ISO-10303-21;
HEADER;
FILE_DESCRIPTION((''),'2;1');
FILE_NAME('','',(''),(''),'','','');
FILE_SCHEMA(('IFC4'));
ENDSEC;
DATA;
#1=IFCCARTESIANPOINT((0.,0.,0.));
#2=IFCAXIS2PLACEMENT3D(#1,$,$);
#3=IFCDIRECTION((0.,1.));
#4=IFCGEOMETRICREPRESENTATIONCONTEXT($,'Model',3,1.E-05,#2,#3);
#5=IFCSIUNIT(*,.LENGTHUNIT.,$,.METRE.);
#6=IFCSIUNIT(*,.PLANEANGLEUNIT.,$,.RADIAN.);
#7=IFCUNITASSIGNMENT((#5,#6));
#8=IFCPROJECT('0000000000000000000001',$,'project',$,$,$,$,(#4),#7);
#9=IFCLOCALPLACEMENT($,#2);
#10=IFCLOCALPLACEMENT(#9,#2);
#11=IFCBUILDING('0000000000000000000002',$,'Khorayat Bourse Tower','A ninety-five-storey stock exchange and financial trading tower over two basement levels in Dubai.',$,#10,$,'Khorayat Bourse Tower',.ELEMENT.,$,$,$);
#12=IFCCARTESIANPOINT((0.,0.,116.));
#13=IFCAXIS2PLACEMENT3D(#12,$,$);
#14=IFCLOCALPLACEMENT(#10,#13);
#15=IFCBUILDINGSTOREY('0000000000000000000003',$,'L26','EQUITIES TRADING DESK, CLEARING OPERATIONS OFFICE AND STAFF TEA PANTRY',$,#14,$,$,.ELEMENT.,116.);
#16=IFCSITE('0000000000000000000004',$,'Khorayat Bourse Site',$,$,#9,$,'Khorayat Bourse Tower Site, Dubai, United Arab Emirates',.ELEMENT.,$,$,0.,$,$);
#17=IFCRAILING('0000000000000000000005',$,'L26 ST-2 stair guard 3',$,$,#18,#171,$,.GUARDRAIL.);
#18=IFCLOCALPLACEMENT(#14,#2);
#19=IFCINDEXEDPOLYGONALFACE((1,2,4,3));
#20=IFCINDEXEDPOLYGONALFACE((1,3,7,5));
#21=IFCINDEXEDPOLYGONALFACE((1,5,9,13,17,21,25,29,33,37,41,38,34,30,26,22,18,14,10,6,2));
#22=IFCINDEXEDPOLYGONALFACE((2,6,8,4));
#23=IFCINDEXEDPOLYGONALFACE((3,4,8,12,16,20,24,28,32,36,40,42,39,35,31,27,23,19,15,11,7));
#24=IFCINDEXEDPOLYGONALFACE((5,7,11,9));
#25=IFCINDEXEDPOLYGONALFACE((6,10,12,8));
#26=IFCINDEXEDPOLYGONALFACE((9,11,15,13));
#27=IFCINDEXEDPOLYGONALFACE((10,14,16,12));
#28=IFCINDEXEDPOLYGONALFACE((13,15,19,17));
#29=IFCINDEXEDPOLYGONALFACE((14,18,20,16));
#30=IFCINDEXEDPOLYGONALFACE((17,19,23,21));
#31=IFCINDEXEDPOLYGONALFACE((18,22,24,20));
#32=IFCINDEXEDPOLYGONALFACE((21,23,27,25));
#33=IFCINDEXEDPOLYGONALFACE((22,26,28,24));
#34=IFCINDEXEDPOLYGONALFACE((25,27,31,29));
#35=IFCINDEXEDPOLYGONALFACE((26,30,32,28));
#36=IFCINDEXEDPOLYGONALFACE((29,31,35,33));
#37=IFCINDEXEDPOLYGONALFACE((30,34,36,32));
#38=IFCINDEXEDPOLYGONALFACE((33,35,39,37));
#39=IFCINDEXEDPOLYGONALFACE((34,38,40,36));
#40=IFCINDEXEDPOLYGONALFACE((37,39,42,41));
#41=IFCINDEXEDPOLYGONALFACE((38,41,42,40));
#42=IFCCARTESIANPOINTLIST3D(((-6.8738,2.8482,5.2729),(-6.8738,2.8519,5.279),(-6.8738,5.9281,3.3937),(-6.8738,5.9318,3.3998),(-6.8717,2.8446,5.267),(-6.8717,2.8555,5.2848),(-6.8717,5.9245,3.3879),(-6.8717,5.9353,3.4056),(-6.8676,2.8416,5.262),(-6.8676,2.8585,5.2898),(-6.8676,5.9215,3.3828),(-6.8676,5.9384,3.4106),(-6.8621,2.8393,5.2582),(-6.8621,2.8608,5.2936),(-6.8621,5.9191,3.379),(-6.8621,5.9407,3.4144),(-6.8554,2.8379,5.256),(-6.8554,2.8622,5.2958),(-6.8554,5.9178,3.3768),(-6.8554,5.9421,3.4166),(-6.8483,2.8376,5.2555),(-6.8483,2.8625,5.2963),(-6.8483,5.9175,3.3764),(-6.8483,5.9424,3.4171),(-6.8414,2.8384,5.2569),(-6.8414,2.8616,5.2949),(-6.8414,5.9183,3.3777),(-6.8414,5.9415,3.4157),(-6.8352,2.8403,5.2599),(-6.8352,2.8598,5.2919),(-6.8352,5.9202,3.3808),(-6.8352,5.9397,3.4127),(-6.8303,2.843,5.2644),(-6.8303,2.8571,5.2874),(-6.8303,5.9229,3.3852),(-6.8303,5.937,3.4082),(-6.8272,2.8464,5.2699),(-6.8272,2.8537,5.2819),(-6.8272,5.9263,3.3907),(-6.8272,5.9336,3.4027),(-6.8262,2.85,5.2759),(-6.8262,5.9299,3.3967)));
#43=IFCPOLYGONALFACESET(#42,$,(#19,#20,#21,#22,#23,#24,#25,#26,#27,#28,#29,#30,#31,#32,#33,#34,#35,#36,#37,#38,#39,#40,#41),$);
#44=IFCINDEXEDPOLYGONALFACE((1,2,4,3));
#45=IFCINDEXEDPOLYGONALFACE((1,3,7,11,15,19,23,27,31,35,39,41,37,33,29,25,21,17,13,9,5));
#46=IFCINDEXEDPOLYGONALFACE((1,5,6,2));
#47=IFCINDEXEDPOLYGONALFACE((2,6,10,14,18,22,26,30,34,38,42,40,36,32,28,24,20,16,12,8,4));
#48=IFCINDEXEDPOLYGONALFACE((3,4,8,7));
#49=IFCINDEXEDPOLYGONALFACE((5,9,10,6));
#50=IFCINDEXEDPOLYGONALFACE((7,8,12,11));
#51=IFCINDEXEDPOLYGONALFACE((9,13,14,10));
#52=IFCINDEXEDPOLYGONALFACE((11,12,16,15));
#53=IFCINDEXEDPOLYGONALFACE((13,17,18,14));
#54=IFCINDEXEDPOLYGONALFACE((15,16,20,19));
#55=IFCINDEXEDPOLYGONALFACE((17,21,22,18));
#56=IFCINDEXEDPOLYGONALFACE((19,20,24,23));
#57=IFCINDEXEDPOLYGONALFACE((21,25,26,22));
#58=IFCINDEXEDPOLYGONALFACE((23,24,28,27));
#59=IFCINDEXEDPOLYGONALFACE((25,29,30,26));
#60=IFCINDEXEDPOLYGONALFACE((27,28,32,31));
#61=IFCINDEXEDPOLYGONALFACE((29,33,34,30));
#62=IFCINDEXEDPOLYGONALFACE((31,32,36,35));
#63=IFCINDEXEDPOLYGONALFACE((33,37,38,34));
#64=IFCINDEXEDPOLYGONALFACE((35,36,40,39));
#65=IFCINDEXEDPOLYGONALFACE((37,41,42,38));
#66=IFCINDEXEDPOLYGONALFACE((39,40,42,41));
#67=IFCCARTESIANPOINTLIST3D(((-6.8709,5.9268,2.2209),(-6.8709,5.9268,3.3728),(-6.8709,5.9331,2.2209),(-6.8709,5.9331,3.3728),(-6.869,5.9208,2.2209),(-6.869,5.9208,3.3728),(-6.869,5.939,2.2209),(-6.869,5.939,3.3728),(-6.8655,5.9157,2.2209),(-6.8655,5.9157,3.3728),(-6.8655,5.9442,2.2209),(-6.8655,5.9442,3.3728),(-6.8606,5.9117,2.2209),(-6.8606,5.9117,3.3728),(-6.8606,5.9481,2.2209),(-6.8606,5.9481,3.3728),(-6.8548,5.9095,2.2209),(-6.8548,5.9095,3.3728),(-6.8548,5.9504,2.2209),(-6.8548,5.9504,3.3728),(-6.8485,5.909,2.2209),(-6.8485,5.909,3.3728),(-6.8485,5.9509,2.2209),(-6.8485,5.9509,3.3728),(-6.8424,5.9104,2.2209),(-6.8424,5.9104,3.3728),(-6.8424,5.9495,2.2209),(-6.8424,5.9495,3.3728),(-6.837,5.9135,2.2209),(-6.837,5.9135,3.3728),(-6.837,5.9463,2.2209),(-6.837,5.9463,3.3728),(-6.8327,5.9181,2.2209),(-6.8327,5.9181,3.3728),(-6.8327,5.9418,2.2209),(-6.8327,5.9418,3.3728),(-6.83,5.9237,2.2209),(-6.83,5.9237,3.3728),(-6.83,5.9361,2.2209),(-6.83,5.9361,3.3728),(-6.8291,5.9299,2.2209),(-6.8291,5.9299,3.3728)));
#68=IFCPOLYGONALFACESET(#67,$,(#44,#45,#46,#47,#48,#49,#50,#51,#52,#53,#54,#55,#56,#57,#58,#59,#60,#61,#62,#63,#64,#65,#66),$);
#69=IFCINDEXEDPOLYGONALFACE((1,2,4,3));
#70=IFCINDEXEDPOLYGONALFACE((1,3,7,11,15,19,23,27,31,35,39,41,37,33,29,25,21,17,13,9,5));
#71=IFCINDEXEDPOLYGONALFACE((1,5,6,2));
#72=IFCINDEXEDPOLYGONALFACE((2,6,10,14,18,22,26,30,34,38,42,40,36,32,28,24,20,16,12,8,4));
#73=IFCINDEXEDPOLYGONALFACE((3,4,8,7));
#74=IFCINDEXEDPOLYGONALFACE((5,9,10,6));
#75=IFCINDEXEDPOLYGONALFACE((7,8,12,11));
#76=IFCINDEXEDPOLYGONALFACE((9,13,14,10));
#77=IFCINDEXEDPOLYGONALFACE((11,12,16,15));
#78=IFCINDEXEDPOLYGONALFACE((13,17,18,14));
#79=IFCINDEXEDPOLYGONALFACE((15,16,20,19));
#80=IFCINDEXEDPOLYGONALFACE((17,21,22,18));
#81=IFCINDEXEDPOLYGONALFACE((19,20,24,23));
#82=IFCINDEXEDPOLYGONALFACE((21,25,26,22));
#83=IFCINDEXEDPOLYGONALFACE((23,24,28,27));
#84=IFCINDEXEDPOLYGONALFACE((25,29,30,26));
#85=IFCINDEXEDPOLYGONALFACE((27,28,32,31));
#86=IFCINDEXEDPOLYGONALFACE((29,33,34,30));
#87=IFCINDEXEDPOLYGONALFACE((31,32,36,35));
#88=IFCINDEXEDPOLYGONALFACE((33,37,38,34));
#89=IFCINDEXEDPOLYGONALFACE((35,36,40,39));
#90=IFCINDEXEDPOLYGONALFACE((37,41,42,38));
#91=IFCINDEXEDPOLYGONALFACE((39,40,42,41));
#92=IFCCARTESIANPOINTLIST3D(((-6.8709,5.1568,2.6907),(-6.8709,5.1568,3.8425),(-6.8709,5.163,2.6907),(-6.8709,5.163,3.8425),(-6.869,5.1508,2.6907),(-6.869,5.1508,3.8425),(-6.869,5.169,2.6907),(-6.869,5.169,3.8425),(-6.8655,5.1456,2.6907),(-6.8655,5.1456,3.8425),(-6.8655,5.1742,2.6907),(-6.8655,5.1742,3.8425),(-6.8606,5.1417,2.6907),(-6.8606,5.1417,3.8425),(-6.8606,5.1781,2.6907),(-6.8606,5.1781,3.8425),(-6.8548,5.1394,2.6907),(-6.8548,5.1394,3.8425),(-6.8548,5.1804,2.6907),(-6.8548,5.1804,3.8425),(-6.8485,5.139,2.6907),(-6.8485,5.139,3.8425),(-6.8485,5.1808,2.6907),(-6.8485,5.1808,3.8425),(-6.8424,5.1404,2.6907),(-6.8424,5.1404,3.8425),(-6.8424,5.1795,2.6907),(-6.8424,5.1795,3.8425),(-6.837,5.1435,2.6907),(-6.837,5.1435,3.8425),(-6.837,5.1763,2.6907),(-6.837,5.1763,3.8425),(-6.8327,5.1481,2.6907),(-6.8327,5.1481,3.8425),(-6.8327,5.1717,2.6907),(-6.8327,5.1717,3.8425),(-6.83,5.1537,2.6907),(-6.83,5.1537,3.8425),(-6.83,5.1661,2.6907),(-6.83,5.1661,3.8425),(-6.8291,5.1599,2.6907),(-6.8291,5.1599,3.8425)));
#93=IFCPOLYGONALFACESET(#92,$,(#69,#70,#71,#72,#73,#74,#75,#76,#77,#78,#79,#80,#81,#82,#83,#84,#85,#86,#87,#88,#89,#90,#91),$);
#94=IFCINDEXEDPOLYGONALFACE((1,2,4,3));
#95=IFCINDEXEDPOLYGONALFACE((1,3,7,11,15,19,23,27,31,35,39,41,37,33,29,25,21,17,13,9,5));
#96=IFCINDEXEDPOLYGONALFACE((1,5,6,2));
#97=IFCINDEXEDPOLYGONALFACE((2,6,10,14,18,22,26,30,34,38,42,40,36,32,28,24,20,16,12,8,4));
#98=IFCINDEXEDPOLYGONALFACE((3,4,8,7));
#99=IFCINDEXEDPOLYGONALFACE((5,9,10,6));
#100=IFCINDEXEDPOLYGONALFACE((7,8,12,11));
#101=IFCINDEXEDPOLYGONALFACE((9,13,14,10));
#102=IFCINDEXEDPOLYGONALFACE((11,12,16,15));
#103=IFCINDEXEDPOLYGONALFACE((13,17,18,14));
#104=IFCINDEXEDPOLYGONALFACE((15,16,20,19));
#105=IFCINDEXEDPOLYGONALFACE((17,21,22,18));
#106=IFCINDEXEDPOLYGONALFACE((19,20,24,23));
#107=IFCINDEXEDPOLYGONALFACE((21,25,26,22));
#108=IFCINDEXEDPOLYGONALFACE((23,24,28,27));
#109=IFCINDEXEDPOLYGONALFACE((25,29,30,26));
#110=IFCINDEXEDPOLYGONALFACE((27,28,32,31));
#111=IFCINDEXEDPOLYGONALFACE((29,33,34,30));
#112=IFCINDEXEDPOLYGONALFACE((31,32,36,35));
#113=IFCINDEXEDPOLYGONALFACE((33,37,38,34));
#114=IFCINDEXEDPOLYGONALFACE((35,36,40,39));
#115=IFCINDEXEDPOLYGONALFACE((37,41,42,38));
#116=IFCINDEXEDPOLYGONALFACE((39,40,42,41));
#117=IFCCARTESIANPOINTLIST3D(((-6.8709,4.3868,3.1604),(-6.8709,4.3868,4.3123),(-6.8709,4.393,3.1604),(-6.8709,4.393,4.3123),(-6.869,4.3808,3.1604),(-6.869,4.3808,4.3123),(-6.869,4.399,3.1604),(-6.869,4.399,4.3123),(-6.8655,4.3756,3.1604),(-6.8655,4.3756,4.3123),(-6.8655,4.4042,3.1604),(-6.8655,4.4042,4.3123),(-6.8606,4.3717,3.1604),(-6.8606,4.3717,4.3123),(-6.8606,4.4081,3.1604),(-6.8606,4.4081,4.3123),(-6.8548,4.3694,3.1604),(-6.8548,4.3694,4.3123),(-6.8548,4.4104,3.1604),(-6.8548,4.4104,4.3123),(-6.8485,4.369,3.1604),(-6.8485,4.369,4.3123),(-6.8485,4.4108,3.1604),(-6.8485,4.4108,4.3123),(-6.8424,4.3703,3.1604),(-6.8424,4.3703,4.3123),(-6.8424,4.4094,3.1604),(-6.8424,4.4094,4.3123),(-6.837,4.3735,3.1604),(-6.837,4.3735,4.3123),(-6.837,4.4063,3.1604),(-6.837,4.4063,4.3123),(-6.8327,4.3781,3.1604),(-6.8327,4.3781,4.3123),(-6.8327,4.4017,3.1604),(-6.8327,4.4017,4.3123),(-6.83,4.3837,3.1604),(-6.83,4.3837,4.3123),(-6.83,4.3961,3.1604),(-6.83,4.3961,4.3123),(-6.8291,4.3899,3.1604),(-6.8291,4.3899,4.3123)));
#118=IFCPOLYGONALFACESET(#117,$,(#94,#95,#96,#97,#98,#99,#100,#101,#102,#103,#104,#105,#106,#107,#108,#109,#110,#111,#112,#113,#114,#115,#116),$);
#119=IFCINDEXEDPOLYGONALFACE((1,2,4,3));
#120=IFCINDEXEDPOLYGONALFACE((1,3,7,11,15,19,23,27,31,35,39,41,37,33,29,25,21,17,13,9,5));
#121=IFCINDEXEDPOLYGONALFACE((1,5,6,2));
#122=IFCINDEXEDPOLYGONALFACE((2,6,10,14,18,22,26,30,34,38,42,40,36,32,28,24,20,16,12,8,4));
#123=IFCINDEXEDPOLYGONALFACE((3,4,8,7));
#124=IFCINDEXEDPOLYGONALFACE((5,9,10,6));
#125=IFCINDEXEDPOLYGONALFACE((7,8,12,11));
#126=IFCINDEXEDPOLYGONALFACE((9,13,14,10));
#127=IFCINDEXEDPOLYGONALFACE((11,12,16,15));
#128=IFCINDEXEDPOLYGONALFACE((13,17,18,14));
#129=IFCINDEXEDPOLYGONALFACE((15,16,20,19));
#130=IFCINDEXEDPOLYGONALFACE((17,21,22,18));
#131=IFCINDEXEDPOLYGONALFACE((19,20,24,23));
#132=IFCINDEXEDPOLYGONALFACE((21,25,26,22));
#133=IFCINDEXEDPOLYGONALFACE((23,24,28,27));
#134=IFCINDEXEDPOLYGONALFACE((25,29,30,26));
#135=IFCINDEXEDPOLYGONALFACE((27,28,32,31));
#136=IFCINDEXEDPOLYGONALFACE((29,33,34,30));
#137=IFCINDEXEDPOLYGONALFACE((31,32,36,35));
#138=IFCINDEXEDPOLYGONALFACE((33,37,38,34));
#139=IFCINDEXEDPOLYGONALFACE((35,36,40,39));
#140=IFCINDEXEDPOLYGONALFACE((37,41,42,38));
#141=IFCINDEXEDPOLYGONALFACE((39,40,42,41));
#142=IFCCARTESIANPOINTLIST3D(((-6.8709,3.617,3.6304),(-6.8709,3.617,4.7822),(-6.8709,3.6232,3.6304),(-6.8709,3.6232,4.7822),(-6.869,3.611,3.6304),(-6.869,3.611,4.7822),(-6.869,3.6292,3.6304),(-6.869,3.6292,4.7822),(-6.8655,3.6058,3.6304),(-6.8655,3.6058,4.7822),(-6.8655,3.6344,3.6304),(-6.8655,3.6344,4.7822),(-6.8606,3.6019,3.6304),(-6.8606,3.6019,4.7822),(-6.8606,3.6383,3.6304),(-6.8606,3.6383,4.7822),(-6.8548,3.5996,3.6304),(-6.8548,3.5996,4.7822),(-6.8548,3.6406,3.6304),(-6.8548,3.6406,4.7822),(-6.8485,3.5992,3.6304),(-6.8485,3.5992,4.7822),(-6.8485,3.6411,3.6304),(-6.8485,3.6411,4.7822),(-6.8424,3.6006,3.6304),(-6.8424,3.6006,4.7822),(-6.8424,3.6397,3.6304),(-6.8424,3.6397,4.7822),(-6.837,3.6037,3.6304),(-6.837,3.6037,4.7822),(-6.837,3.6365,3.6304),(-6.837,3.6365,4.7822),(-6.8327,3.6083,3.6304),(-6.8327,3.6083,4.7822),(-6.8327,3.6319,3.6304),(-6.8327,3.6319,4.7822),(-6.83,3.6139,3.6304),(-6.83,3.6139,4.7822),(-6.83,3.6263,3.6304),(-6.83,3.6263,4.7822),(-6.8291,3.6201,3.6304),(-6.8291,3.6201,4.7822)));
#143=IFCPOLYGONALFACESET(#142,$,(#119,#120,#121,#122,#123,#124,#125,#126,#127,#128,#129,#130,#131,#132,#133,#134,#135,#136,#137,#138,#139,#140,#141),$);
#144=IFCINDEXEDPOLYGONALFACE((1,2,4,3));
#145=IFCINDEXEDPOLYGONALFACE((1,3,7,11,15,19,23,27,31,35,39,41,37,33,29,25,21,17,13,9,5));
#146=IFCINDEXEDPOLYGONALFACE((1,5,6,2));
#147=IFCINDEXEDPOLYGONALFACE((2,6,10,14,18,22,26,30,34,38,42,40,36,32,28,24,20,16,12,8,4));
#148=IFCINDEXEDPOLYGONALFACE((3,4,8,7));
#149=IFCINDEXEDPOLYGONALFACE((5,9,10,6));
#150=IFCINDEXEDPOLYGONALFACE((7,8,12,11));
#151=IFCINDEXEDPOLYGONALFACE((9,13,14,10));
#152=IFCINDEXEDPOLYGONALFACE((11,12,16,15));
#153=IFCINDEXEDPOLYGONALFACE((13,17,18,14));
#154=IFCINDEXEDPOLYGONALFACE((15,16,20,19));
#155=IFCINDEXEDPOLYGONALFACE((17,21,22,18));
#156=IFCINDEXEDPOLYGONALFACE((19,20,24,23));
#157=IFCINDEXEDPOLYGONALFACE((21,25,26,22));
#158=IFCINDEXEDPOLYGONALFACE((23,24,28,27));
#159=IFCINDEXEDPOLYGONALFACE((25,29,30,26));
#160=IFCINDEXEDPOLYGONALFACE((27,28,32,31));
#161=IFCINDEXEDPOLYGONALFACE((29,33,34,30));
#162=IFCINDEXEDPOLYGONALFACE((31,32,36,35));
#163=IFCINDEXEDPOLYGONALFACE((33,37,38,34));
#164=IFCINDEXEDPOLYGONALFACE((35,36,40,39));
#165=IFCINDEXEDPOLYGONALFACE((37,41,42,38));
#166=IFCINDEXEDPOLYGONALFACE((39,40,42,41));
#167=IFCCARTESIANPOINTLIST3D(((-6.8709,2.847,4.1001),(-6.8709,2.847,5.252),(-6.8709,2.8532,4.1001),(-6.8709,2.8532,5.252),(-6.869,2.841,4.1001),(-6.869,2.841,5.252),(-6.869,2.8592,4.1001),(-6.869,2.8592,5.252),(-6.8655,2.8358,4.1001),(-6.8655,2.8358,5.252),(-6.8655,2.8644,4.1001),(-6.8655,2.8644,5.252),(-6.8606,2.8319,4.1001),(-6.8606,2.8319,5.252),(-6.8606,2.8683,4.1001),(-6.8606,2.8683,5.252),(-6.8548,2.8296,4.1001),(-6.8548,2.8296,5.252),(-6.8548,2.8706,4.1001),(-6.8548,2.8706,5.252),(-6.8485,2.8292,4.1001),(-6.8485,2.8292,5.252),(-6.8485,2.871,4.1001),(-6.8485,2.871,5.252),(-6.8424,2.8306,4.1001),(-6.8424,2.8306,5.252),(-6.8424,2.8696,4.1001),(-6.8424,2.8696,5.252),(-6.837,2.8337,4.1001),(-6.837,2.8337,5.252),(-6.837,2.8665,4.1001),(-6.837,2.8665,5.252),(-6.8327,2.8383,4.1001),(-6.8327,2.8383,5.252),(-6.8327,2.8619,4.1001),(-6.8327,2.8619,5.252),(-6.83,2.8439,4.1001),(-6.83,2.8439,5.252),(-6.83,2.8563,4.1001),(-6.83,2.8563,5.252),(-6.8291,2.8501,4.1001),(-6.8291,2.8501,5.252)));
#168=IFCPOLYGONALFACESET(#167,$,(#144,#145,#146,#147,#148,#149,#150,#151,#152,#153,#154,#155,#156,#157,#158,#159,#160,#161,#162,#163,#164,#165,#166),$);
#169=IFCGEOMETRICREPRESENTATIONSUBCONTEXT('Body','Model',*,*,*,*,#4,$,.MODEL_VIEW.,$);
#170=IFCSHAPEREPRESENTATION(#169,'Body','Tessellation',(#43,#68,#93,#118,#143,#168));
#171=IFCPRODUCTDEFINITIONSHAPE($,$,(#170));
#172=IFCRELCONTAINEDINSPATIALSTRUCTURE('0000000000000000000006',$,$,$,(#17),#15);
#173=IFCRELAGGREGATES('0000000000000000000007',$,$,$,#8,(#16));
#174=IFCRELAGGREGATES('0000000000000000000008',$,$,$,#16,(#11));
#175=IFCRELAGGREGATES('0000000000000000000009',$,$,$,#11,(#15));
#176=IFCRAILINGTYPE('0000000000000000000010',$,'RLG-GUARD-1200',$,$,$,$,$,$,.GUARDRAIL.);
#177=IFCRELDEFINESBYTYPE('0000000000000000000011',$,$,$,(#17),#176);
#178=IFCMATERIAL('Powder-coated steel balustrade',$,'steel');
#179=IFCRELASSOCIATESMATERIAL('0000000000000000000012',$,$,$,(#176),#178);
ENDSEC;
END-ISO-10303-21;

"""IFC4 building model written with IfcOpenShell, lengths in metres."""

from ifc_helpers import new_model, si_unit, direction, frame, origin, origin_2d, place, context, subcontext, project, spatial, circle, extrude, source, transform, mapped, material, type_object, element, save


model = new_model("IFC4")

# Units and contexts
model_context = context("Model", 3, precision=1e-05, world=origin(), true_north=direction((0.0, 1.0)))
body_context = subcontext(model_context, "Body", "Model", "MODEL_VIEW")
ifc_project = project(units=[si_unit("LENGTHUNIT", "METRE"), si_unit("PLANEANGLEUNIT", "RADIAN")], contexts=[model_context])

# Site, building, storey
site_placement = place(None, origin())
site = spatial("IfcSite", under=ifc_project, at=site_placement, Name="Khorayat Bourse Site", LongName="Khorayat Bourse Tower Site, Dubai, United Arab Emirates", CompositionType="ELEMENT", RefElevation=0.0)
building_placement = place(site_placement, origin())
building = spatial("IfcBuilding", under=site, at=building_placement, Name="Khorayat Bourse Tower", Description="A ninety-five-storey stock exchange and financial trading tower over two basement levels in Dubai.", LongName="Khorayat Bourse Tower", CompositionType="ELEMENT")
storey_placement = place(building_placement, frame((0.0, 0.0, 116.0)))
storey = spatial("IfcBuildingStorey", under=building, at=storey_placement, Name="L26", Description="EQUITIES TRADING DESK, CLEARING OPERATIONS OFFICE AND STAFF TEA PANTRY", CompositionType="ELEMENT", Elevation=116.0)

# Railing
ifc_material_1 = material(Name="Powder-coated steel balustrade", Category="steel")
railing_type_1 = type_object("IfcRailingType", Name="RLG-GUARD-1200", PredefinedType="GUARDRAIL", material=ifc_material_1)
shared_shape_1 = source(origin(), body_context, "Body", "SweptSolid", [
    extrude(circle(Radius=0.0239, at=origin_2d()), frame((0.0, 0.0, 1.1758), z_axis=(0.0, -0.853648, 0.52085), x_axis=(1.0, 0.0, 0.0)), (0.0, 0.0, 1.0), 3.6079),
    extrude(circle(Radius=0.021, at=origin_2d()), origin(), (0.0, 0.0, 1.0), 1.1519),
    extrude(circle(Radius=0.021, at=origin_2d()), frame((0.0, -0.77, 0.4697)), (0.0, 0.0, 1.0), 1.1519),
    extrude(circle(Radius=0.021, at=origin_2d()), frame((0.0, -1.54, 0.9395)), (0.0, 0.0, 1.0), 1.1519),
    extrude(circle(Radius=0.021, at=origin_2d()), frame((0.0, -2.3098, 1.4094)), (0.0, 0.0, 1.0), 1.1519),
    extrude(circle(Radius=0.021, at=origin_2d()), frame((0.0, -3.0798, 1.8792)), (0.0, 0.0, 1.0), 1.1519),
])
railing_1_placement = place(storey_placement, frame((-6.8501, 5.9299, 2.2209)))
element("IfcRailing", 1, at=railing_1_placement, inside=storey, type_object=railing_type_1, Name="L26 ST-2 stair guard 3", PredefinedType="GUARDRAIL", context=body_context, shape_type="MappedRepresentation", body=[
    mapped(shared_shape_1, transform((0.0, 0.0, 0.0), scale=1.0)),
])

save(model, "model.ifc")
